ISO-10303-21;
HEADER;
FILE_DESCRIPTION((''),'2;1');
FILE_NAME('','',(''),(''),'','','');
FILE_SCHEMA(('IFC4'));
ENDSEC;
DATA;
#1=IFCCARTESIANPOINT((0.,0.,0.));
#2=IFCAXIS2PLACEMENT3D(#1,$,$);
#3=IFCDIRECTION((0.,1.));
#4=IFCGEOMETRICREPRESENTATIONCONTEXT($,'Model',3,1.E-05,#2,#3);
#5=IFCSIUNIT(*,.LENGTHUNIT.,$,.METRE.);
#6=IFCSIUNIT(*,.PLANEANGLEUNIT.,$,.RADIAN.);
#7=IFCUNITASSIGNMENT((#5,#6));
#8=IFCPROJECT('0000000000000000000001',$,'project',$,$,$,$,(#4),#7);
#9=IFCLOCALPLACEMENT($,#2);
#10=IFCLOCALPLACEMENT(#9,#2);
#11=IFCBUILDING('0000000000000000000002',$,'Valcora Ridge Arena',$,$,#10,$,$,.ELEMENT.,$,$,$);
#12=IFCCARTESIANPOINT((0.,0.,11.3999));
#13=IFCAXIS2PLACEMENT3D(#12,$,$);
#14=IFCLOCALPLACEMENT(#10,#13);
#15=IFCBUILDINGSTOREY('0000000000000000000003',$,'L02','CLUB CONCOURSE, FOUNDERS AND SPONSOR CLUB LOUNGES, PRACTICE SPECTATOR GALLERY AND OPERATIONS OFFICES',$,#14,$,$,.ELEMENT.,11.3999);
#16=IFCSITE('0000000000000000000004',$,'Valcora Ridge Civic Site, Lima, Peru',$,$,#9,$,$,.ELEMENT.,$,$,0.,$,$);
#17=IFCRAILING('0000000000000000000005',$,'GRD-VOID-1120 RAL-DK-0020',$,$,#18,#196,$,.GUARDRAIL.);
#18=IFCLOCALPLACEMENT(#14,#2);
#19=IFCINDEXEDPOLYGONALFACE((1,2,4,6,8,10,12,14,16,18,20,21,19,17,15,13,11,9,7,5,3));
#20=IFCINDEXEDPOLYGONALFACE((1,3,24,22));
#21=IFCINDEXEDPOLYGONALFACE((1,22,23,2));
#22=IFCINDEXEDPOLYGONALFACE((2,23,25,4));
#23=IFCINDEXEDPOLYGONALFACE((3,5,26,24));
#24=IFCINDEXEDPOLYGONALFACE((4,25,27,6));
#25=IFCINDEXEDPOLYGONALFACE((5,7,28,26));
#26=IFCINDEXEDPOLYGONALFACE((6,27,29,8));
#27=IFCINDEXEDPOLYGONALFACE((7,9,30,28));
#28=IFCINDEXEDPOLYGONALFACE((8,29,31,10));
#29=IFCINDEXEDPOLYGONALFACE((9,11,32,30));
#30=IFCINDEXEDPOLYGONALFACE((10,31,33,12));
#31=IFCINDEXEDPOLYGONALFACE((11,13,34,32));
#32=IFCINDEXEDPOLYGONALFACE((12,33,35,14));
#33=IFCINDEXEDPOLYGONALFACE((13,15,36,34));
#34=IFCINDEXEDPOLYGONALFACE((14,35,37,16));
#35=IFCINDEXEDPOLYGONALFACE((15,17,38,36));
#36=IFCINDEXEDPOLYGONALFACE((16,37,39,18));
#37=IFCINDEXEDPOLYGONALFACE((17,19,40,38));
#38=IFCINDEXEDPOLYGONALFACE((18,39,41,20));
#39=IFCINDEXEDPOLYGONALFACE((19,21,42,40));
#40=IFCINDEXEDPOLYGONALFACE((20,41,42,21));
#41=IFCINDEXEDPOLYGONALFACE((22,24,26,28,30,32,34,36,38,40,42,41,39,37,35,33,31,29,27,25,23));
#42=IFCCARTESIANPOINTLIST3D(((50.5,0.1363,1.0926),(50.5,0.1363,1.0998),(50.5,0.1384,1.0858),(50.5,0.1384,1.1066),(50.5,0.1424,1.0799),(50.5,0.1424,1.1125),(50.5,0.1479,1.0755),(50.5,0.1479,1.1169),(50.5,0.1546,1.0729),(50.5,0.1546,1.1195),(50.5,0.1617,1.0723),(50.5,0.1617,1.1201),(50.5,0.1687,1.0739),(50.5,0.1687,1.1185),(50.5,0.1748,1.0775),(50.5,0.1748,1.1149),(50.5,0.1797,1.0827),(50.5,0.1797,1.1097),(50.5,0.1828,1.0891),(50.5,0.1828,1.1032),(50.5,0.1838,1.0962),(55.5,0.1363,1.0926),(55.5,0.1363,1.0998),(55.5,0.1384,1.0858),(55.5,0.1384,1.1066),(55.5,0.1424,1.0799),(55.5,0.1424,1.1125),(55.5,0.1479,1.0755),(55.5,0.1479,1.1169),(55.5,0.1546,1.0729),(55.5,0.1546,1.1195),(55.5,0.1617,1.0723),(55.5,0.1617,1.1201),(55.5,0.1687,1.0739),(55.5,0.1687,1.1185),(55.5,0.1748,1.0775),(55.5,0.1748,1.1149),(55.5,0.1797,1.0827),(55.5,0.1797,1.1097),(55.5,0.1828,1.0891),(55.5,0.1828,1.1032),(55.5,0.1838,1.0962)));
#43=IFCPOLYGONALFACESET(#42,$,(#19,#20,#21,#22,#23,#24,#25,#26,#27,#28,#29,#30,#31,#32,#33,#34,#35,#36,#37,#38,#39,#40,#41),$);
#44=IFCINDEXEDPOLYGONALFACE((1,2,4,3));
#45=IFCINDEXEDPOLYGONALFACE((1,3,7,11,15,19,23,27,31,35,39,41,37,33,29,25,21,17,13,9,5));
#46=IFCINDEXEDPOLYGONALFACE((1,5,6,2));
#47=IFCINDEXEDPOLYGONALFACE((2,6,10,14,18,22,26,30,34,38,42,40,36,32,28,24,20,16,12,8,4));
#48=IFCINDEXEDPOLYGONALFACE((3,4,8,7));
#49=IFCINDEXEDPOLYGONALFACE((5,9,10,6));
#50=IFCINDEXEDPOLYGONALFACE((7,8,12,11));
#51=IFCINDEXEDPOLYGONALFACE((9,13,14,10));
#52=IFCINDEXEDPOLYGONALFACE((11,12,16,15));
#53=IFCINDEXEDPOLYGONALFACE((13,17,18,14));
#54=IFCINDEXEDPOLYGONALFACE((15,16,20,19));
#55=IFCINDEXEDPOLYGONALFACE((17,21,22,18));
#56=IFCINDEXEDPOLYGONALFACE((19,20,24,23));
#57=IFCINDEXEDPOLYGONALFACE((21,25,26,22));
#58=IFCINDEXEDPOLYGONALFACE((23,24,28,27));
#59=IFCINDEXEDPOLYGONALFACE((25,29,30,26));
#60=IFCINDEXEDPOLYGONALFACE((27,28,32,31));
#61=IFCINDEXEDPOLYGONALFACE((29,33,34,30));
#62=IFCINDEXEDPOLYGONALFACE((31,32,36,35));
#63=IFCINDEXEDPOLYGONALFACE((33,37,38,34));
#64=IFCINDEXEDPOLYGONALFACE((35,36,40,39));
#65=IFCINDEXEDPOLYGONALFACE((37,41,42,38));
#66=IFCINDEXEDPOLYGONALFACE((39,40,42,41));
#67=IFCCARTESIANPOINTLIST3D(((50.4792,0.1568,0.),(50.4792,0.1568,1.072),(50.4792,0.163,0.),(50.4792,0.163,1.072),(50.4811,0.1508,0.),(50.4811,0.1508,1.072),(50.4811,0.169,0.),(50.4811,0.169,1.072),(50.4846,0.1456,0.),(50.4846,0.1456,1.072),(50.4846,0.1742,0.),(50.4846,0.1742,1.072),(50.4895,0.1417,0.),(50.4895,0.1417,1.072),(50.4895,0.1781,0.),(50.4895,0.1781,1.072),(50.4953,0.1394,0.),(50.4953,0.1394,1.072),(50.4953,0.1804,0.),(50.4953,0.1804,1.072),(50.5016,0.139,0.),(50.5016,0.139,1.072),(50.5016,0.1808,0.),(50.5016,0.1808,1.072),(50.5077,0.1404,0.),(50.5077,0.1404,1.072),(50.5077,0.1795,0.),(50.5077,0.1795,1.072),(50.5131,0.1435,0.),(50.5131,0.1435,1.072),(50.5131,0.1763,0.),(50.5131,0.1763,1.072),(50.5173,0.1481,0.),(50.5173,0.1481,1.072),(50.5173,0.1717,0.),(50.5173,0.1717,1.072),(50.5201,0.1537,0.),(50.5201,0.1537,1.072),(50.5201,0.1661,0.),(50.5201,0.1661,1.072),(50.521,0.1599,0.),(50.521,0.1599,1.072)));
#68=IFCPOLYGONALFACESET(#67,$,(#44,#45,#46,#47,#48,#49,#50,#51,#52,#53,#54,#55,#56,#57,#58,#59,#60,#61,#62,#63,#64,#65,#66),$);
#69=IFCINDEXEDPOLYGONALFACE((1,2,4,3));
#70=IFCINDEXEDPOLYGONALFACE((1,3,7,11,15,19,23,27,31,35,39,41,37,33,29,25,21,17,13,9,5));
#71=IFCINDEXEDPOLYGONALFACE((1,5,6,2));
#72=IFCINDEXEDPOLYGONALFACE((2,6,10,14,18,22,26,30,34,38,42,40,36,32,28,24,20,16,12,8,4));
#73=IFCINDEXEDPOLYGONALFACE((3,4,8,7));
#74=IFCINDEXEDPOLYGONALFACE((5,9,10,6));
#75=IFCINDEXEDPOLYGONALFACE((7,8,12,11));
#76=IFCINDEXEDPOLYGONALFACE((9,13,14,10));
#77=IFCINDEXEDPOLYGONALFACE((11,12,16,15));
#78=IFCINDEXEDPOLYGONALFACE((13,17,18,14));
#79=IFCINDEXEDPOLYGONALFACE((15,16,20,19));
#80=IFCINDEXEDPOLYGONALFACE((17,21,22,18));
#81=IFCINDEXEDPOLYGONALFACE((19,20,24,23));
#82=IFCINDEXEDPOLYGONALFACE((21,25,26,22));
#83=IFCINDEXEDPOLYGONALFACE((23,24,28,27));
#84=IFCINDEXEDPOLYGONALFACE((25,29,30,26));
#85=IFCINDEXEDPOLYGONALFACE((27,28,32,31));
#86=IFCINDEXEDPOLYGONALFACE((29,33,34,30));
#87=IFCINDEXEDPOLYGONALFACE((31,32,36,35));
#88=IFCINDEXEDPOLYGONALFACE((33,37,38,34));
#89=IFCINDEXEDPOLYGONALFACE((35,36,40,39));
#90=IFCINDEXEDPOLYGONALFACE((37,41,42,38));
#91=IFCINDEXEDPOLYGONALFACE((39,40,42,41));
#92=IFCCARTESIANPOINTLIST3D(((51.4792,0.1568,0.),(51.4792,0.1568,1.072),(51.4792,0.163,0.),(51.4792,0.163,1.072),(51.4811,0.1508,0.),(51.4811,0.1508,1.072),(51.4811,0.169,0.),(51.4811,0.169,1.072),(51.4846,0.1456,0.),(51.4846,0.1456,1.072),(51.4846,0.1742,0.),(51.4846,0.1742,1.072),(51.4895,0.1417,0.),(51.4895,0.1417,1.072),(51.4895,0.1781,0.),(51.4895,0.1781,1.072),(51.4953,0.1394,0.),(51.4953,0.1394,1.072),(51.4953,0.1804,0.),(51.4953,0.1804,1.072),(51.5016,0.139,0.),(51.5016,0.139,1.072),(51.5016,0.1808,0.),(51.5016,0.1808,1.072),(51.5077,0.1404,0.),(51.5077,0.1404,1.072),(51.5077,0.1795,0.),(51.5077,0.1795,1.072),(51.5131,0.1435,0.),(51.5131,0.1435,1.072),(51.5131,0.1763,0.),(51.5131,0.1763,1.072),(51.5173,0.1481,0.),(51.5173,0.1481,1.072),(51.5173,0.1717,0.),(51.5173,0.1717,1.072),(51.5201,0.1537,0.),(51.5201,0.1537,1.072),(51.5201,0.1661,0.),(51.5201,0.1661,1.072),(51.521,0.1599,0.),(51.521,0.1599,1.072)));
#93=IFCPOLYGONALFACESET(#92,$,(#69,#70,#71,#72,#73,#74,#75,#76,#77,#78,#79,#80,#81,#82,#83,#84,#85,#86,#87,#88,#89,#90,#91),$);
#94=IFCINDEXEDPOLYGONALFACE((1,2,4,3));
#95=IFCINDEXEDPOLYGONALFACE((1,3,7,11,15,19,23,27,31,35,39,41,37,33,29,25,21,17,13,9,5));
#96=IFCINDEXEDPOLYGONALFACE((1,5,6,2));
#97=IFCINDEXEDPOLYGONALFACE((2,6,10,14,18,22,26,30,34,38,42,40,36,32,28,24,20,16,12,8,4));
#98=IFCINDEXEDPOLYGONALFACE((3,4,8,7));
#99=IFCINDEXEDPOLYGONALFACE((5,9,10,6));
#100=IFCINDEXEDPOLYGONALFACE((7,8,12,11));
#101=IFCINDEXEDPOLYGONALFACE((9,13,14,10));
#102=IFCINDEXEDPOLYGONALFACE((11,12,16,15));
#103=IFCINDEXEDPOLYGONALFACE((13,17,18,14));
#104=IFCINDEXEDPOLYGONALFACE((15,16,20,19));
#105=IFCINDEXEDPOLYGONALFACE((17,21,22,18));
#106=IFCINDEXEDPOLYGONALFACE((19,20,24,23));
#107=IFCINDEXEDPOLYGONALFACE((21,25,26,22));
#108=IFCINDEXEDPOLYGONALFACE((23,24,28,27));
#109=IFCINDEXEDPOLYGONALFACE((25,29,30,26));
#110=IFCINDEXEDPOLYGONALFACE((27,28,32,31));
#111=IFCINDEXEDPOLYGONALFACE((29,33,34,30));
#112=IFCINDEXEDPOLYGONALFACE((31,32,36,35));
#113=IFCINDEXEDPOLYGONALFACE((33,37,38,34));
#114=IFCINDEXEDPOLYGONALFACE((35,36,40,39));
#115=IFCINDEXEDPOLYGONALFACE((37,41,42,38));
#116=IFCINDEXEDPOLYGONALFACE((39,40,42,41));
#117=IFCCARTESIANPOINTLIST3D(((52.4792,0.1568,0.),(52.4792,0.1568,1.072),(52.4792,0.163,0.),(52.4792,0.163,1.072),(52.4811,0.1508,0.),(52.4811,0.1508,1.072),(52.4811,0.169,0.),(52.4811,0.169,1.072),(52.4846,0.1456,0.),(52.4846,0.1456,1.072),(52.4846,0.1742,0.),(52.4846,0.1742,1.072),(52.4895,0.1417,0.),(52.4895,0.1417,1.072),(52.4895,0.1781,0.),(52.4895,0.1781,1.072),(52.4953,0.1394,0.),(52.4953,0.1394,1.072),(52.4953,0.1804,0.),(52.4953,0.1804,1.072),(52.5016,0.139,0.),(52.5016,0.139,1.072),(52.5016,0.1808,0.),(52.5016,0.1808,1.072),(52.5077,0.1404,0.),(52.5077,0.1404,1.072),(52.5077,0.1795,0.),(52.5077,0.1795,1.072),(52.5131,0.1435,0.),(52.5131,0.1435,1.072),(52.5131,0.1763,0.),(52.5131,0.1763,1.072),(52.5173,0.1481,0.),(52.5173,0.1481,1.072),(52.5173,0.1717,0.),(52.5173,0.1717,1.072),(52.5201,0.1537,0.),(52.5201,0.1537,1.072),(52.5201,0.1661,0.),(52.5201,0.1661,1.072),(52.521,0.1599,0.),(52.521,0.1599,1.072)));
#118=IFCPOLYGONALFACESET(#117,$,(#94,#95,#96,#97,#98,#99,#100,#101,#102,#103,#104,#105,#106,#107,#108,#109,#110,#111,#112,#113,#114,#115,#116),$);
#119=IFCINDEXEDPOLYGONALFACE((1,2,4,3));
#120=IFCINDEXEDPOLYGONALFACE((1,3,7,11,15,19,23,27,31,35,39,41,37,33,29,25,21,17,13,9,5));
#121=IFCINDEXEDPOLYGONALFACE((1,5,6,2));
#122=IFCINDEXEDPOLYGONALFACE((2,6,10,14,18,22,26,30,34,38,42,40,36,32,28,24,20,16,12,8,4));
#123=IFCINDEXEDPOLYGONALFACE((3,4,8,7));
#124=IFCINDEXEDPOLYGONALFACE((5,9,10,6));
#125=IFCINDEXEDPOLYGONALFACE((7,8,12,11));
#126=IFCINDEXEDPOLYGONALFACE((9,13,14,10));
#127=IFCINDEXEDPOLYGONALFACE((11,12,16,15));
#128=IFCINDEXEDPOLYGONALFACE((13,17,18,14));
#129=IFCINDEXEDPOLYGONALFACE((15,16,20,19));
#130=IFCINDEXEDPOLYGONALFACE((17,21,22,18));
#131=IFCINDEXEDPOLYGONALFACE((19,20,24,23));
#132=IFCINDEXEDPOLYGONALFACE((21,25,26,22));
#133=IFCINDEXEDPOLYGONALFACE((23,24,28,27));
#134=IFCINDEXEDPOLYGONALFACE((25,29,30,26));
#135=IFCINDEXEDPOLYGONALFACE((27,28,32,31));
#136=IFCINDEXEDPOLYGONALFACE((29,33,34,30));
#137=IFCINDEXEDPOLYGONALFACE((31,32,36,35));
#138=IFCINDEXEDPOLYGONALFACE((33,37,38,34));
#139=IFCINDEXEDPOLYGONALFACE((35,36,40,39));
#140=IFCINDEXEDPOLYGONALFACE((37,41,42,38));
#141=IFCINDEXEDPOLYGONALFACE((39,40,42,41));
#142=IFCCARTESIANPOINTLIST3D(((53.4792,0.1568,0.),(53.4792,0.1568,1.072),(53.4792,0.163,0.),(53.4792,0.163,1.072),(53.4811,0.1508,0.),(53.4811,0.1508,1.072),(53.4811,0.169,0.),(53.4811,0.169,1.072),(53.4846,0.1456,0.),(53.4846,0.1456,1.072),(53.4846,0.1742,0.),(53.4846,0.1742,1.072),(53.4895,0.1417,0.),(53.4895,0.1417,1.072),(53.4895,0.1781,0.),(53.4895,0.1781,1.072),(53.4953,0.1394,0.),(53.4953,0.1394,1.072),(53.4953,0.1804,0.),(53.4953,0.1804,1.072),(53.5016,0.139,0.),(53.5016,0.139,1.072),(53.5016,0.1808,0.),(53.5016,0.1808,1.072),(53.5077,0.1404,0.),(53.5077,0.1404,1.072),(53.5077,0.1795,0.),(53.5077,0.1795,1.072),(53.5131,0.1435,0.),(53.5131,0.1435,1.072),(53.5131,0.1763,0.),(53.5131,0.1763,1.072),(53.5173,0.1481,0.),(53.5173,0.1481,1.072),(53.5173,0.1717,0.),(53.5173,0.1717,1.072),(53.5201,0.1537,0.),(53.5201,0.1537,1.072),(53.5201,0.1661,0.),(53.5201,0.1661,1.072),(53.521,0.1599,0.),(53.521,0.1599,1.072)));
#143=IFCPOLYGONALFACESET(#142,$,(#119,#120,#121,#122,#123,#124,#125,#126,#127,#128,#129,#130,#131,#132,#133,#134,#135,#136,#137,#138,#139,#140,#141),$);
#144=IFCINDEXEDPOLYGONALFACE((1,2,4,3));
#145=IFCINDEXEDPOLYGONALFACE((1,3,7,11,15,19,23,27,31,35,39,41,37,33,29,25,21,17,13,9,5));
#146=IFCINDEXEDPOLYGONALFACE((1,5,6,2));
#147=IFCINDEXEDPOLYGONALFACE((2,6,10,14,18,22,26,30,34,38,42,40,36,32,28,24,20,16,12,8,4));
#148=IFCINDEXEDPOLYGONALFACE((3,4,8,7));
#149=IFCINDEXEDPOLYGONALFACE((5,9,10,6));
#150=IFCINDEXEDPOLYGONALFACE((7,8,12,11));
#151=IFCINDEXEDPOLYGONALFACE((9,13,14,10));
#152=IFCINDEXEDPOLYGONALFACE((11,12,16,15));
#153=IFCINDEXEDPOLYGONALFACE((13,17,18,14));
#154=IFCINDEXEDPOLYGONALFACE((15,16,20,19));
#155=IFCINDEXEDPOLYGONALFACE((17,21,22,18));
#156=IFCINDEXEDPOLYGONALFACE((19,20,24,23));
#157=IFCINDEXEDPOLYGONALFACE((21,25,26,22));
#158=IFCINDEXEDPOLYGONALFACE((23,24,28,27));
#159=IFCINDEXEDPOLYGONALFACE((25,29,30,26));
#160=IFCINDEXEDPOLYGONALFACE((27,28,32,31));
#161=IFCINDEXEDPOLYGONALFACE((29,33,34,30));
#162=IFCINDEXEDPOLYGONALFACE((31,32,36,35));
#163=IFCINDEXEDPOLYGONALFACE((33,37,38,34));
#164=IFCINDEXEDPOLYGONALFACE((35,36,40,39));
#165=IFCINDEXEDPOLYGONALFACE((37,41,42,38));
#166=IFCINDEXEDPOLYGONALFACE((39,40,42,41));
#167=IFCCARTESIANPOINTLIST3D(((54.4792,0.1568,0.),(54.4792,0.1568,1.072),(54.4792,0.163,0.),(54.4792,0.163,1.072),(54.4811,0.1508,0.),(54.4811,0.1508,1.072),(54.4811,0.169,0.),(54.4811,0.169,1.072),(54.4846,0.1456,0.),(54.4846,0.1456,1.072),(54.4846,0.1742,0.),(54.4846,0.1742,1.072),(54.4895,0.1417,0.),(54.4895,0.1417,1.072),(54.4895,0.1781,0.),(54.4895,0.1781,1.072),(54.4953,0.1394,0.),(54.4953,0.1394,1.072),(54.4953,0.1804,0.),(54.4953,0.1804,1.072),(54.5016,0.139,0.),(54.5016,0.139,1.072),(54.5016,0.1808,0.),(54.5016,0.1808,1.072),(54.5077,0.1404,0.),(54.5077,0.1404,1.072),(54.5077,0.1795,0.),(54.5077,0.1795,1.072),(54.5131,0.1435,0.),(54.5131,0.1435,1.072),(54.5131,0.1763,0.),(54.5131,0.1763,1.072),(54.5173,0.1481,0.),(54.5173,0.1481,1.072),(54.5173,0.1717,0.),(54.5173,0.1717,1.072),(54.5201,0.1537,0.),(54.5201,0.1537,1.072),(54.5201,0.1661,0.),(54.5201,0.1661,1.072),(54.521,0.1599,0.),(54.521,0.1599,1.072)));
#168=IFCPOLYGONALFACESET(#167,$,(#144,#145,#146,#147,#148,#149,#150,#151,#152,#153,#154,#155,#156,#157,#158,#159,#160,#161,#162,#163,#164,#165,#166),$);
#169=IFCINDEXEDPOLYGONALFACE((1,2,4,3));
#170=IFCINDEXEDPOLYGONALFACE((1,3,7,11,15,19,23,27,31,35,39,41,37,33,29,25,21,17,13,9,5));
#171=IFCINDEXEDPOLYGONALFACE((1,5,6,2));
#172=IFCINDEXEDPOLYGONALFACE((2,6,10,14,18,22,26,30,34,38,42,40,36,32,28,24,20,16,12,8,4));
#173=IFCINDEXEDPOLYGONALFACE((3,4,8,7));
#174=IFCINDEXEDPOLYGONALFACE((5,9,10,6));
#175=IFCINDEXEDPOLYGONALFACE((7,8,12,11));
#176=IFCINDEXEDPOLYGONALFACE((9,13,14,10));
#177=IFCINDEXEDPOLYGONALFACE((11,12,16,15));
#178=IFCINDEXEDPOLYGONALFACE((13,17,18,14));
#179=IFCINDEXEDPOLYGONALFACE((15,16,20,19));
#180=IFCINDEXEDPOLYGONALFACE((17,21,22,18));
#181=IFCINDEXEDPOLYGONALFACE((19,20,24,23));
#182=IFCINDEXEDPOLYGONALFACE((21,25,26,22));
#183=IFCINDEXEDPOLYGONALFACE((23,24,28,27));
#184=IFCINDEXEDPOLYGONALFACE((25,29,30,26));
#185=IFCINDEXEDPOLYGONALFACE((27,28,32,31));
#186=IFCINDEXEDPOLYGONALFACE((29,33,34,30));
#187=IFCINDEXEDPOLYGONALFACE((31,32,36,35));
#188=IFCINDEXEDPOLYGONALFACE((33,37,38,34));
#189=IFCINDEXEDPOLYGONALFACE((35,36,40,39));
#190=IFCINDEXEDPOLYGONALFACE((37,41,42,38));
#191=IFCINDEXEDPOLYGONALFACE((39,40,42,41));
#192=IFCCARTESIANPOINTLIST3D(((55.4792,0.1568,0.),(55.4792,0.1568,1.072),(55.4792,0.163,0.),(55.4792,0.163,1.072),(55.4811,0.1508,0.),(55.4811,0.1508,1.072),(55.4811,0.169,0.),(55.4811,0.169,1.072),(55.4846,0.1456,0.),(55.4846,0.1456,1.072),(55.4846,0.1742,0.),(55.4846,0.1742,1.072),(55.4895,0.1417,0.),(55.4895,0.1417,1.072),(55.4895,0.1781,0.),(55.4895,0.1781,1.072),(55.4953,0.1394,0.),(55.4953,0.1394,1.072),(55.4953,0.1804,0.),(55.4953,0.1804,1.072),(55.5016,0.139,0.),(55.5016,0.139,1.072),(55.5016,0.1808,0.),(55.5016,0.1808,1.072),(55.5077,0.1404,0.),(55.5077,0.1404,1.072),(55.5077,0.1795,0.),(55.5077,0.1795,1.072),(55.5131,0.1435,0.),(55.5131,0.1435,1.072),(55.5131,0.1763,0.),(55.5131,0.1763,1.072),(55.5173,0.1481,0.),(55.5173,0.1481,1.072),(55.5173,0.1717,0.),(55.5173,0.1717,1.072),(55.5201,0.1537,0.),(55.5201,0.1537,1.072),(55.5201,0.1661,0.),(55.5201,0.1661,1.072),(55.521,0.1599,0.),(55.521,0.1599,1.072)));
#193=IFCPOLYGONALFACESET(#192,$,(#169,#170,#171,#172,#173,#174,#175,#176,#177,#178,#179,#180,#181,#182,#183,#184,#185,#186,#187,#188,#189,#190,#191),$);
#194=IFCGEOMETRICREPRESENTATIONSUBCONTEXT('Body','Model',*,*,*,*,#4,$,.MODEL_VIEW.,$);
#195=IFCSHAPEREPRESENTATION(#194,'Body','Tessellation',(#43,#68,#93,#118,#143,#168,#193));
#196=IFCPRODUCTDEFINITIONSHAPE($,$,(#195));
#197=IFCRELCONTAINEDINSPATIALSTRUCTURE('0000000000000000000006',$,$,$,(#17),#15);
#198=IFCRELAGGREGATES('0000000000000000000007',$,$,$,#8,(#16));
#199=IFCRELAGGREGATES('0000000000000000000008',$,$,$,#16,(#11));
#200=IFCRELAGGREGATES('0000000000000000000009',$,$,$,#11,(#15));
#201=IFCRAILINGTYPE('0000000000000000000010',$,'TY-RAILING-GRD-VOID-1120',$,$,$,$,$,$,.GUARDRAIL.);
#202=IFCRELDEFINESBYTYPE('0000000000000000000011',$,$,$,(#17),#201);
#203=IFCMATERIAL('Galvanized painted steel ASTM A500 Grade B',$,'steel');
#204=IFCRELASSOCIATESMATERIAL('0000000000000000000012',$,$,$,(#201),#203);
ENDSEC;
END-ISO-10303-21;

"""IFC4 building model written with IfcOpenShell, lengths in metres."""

from ifc_helpers import new_model, si_unit, direction, frame, origin, origin_2d, place, context, subcontext, project, spatial, circle, extrude, material, type_object, element, save


model = new_model("IFC4")

# Units and contexts
model_context = context("Model", 3, precision=1e-05, world=origin(), true_north=direction((0.0, 1.0)))
body_context = subcontext(model_context, "Body", "Model", "MODEL_VIEW")
ifc_project = project(units=[si_unit("LENGTHUNIT", "METRE"), si_unit("PLANEANGLEUNIT", "RADIAN")], contexts=[model_context])

# Site, building, storey
site_placement = place(None, origin())
site = spatial("IfcSite", under=ifc_project, at=site_placement, Name="Valcora Ridge Civic Site, Lima, Peru", CompositionType="ELEMENT", RefElevation=0.0)
building_placement = place(site_placement, origin())
building = spatial("IfcBuilding", under=site, at=building_placement, Name="Valcora Ridge Arena", CompositionType="ELEMENT")
storey_placement = place(building_placement, frame((0.0, 0.0, 11.3999)))
storey = spatial("IfcBuildingStorey", under=building, at=storey_placement, Name="L02", Description="CLUB CONCOURSE, FOUNDERS AND SPONSOR CLUB LOUNGES, PRACTICE SPECTATOR GALLERY AND OPERATIONS OFFICES", CompositionType="ELEMENT", Elevation=11.3999)

# Railing
ifc_material_1 = material(Name="Galvanized painted steel ASTM A500 Grade B", Category="steel")
railing_type = type_object("IfcRailingType", Name="TY-RAILING-GRD-VOID-1120", PredefinedType="GUARDRAIL", material=ifc_material_1)
railing_placement = place(storey_placement, frame((50.5, 0.1599, 0.0)))
element("IfcRailing", 1, at=railing_placement, inside=storey, type_object=railing_type, Name="GRD-VOID-1120 RAL-DK-0020", PredefinedType="GUARDRAIL", context=body_context, shape_type="SweptSolid", body=[
    extrude(circle(Radius=0.0239, at=origin_2d()), frame((0.0, 0.0, 1.0962), z_axis=(1.0, 0.0, 0.0), x_axis=(0.0, 1.0, 0.0)), (0.0, 0.0, 1.0), 5.0),
    extrude(circle(Radius=0.021, at=origin_2d()), origin(), (0.0, 0.0, 1.0), 1.072),
    extrude(circle(Radius=0.021, at=origin_2d()), frame((1.0, 0.0, 0.0)), (0.0, 0.0, 1.0), 1.072),
    extrude(circle(Radius=0.021, at=origin_2d()), frame((2.0, 0.0, 0.0)), (0.0, 0.0, 1.0), 1.072),
    extrude(circle(Radius=0.021, at=origin_2d()), frame((3.0, 0.0, 0.0)), (0.0, 0.0, 1.0), 1.072),
    extrude(circle(Radius=0.021, at=origin_2d()), frame((4.0, 0.0, 0.0)), (0.0, 0.0, 1.0), 1.072),
    extrude(circle(Radius=0.021, at=origin_2d()), frame((5.0, 0.0, 0.0)), (0.0, 0.0, 1.0), 1.072),
])

save(model, "model.ifc")
